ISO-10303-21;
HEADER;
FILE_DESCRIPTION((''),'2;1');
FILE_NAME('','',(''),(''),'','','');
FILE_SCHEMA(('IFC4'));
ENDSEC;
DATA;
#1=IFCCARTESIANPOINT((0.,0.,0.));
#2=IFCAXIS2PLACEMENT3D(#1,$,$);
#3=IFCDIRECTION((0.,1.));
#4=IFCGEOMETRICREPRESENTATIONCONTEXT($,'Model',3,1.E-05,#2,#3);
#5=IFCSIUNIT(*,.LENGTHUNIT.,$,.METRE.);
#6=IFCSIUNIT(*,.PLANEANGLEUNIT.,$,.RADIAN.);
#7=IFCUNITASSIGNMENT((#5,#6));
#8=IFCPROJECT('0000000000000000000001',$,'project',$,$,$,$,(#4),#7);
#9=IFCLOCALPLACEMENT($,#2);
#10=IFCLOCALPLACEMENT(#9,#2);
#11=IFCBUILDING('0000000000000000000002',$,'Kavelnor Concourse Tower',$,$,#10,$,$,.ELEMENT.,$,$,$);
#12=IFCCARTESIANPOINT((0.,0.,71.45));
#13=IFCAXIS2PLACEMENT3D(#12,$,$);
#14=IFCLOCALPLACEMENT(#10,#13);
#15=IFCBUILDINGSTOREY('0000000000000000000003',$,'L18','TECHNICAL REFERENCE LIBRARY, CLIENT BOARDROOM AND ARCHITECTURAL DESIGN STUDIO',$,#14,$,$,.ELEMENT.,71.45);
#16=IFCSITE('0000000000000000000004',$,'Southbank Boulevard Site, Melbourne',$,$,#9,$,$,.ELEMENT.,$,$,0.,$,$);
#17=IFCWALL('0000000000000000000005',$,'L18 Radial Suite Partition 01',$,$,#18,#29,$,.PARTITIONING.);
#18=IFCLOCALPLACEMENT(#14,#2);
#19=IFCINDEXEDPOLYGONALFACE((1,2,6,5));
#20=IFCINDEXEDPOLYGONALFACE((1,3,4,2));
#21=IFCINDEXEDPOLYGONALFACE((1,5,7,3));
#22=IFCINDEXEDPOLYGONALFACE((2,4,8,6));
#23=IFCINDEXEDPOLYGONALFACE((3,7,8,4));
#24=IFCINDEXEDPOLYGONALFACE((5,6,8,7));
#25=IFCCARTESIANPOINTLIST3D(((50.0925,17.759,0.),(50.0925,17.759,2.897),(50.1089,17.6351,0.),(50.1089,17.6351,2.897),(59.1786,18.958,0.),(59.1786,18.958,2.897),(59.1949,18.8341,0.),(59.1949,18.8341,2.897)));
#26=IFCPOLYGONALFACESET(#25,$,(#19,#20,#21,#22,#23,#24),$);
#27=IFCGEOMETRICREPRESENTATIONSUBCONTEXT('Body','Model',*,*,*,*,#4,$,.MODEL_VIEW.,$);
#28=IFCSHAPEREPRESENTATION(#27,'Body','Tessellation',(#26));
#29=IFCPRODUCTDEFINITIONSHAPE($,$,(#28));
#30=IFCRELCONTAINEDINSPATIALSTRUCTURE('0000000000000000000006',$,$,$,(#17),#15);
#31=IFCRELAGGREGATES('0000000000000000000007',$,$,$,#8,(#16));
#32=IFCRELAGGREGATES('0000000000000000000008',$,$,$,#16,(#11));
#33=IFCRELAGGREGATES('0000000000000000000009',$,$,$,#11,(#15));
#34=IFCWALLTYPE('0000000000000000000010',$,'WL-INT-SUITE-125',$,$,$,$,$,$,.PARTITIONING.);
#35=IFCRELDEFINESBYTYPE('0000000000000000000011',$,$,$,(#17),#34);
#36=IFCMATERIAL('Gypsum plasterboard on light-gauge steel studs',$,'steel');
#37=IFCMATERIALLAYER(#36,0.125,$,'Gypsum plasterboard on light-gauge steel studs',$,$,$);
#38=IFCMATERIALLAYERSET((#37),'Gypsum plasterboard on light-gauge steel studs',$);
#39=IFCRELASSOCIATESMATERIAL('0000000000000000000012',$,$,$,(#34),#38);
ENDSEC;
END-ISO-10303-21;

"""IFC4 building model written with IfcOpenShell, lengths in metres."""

from ifc_helpers import new_model, si_unit, direction, frame, frame_2d, origin, place, context, subcontext, project, spatial, rectangle, extrude, material, layer, layer_set, type_object, element, save


model = new_model("IFC4")

# Units and contexts
model_context = context("Model", 3, precision=1e-05, world=origin(), true_north=direction((0.0, 1.0)))
body_context = subcontext(model_context, "Body", "Model", "MODEL_VIEW")
ifc_project = project(units=[si_unit("LENGTHUNIT", "METRE"), si_unit("PLANEANGLEUNIT", "RADIAN")], contexts=[model_context])

# Site, building, storey
site_placement = place(None, origin())
site = spatial("IfcSite", under=ifc_project, at=site_placement, Name="Southbank Boulevard Site, Melbourne", CompositionType="ELEMENT", RefElevation=0.0)
building_placement = place(site_placement, origin())
building = spatial("IfcBuilding", under=site, at=building_placement, Name="Kavelnor Concourse Tower", CompositionType="ELEMENT")
storey_placement = place(building_placement, frame((0.0, 0.0, 71.45)))
storey = spatial("IfcBuildingStorey", under=building, at=storey_placement, Name="L18", Description="TECHNICAL REFERENCE LIBRARY, CLIENT BOARDROOM AND ARCHITECTURAL DESIGN STUDIO", CompositionType="ELEMENT", Elevation=71.45)

# Shared definitions
ifc_material_1 = material(Name="Gypsum plasterboard on light-gauge steel studs", Category="steel")

# Wall
ifc_layer_1 = layer(ifc_material_1, 0.125, Name="Gypsum plasterboard on light-gauge steel studs")
ifc_layer_set_1 = layer_set([ifc_layer_1], Name="Gypsum plasterboard on light-gauge steel studs")
wall_type_1 = type_object("IfcWallType", Name="WL-INT-SUITE-125", PredefinedType="PARTITIONING", material=ifc_layer_set_1)
wall_1_placement = place(storey_placement, frame((50.1006, 17.697, 0.0), z_axis=(0.0, 0.0, 1.0), x_axis=(0.991405, 0.130825, 0.0)))
element("IfcWall", 1, at=wall_1_placement, inside=storey, type_object=wall_type_1, Name="L18 Radial Suite Partition 01", PredefinedType="PARTITIONING", context=body_context, shape_type="SweptSolid", body=[
    extrude(rectangle(XDim=9.1648, YDim=0.125, at=frame_2d((4.5825, 0.0))), origin(), (0.0, 0.0, 1.0), 2.897),
])

save(model, "model.ifc")
